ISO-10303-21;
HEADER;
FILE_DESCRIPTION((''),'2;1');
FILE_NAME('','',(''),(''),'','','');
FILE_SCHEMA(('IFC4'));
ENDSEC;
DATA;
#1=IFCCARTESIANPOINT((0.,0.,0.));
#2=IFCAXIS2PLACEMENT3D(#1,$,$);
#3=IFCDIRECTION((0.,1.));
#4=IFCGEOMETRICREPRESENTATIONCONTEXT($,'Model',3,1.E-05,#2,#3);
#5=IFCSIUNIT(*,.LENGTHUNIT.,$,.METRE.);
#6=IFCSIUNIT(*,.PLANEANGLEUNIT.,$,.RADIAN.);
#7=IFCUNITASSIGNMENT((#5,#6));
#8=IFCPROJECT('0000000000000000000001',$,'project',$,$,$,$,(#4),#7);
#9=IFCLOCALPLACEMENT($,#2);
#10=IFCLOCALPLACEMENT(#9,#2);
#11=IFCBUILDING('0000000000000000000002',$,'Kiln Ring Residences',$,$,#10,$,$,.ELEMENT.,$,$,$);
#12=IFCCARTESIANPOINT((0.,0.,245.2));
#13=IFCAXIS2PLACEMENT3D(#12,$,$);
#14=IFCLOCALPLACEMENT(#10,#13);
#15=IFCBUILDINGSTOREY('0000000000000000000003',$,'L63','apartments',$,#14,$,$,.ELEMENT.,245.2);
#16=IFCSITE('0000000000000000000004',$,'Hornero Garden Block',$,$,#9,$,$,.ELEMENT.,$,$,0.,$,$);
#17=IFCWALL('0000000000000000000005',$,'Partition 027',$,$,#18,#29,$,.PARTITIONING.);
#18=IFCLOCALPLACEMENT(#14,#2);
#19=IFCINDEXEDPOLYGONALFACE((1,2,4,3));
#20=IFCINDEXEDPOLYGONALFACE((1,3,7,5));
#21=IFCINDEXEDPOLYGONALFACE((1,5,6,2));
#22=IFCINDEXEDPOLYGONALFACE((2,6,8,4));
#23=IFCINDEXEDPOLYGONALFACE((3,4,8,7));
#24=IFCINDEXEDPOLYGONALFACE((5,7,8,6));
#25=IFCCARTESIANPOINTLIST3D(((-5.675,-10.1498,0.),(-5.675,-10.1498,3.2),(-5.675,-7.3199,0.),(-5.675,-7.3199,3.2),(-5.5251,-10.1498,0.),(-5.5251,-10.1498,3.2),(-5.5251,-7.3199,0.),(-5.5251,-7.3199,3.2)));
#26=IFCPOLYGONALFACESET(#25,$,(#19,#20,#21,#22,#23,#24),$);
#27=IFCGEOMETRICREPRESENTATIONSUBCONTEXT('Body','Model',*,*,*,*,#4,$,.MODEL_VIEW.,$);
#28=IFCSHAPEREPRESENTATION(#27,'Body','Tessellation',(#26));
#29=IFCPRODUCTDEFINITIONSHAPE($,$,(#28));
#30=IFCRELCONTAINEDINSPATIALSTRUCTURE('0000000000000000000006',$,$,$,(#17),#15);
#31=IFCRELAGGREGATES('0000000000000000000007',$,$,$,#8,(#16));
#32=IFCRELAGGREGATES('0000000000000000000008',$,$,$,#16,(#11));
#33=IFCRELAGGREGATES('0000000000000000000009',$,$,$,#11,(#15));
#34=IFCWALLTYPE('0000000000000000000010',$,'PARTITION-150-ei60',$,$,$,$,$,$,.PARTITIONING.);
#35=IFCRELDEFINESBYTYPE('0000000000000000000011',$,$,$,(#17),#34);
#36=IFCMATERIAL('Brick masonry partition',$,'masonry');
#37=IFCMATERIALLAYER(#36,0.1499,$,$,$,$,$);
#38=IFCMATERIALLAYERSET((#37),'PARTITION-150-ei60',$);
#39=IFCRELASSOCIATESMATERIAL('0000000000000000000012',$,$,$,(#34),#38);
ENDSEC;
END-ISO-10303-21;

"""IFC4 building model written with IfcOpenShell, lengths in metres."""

from ifc_helpers import new_model, si_unit, direction, frame, frame_2d, origin, place, context, subcontext, project, spatial, rectangle, extrude, material, layer, layer_set, type_object, element, save


model = new_model("IFC4")

# Units and contexts
model_context = context("Model", 3, precision=1e-05, world=origin(), true_north=direction((0.0, 1.0)))
body_context = subcontext(model_context, "Body", "Model", "MODEL_VIEW")
ifc_project = project(units=[si_unit("LENGTHUNIT", "METRE"), si_unit("PLANEANGLEUNIT", "RADIAN")], contexts=[model_context])

# Site, building, storey
site_placement = place(None, origin())
site = spatial("IfcSite", under=ifc_project, at=site_placement, Name="Hornero Garden Block", CompositionType="ELEMENT", RefElevation=0.0)
building_placement = place(site_placement, origin())
building = spatial("IfcBuilding", under=site, at=building_placement, Name="Kiln Ring Residences", CompositionType="ELEMENT")
storey_placement = place(building_placement, frame((0.0, 0.0, 245.2)))
storey = spatial("IfcBuildingStorey", under=building, at=storey_placement, Name="L63", Description="apartments", CompositionType="ELEMENT", Elevation=245.2)

# Wall
ifc_material_1 = material(Name="Brick masonry partition", Category="masonry")
ifc_layer_1 = layer(ifc_material_1, 0.1499)
ifc_layer_set_1 = layer_set([ifc_layer_1], Name="PARTITION-150-ei60")
wall_type_1 = type_object("IfcWallType", Name="PARTITION-150-ei60", PredefinedType="PARTITIONING", material=ifc_layer_set_1)
wall_1_placement = place(storey_placement, frame((-5.6001, -10.1499, 0.0), z_axis=(0.0, 0.0, 1.0), x_axis=(0.0, 1.0, 0.0)))
element("IfcWall", 1, at=wall_1_placement, inside=storey, type_object=wall_type_1, Name="Partition 027", PredefinedType="PARTITIONING", context=body_context, shape_type="SweptSolid", body=[
    extrude(rectangle(XDim=2.8298, YDim=0.1499, at=frame_2d((1.415, 0.0))), origin(), (0.0, 0.0, 1.0), 3.2),
])

save(model, "model.ifc")
